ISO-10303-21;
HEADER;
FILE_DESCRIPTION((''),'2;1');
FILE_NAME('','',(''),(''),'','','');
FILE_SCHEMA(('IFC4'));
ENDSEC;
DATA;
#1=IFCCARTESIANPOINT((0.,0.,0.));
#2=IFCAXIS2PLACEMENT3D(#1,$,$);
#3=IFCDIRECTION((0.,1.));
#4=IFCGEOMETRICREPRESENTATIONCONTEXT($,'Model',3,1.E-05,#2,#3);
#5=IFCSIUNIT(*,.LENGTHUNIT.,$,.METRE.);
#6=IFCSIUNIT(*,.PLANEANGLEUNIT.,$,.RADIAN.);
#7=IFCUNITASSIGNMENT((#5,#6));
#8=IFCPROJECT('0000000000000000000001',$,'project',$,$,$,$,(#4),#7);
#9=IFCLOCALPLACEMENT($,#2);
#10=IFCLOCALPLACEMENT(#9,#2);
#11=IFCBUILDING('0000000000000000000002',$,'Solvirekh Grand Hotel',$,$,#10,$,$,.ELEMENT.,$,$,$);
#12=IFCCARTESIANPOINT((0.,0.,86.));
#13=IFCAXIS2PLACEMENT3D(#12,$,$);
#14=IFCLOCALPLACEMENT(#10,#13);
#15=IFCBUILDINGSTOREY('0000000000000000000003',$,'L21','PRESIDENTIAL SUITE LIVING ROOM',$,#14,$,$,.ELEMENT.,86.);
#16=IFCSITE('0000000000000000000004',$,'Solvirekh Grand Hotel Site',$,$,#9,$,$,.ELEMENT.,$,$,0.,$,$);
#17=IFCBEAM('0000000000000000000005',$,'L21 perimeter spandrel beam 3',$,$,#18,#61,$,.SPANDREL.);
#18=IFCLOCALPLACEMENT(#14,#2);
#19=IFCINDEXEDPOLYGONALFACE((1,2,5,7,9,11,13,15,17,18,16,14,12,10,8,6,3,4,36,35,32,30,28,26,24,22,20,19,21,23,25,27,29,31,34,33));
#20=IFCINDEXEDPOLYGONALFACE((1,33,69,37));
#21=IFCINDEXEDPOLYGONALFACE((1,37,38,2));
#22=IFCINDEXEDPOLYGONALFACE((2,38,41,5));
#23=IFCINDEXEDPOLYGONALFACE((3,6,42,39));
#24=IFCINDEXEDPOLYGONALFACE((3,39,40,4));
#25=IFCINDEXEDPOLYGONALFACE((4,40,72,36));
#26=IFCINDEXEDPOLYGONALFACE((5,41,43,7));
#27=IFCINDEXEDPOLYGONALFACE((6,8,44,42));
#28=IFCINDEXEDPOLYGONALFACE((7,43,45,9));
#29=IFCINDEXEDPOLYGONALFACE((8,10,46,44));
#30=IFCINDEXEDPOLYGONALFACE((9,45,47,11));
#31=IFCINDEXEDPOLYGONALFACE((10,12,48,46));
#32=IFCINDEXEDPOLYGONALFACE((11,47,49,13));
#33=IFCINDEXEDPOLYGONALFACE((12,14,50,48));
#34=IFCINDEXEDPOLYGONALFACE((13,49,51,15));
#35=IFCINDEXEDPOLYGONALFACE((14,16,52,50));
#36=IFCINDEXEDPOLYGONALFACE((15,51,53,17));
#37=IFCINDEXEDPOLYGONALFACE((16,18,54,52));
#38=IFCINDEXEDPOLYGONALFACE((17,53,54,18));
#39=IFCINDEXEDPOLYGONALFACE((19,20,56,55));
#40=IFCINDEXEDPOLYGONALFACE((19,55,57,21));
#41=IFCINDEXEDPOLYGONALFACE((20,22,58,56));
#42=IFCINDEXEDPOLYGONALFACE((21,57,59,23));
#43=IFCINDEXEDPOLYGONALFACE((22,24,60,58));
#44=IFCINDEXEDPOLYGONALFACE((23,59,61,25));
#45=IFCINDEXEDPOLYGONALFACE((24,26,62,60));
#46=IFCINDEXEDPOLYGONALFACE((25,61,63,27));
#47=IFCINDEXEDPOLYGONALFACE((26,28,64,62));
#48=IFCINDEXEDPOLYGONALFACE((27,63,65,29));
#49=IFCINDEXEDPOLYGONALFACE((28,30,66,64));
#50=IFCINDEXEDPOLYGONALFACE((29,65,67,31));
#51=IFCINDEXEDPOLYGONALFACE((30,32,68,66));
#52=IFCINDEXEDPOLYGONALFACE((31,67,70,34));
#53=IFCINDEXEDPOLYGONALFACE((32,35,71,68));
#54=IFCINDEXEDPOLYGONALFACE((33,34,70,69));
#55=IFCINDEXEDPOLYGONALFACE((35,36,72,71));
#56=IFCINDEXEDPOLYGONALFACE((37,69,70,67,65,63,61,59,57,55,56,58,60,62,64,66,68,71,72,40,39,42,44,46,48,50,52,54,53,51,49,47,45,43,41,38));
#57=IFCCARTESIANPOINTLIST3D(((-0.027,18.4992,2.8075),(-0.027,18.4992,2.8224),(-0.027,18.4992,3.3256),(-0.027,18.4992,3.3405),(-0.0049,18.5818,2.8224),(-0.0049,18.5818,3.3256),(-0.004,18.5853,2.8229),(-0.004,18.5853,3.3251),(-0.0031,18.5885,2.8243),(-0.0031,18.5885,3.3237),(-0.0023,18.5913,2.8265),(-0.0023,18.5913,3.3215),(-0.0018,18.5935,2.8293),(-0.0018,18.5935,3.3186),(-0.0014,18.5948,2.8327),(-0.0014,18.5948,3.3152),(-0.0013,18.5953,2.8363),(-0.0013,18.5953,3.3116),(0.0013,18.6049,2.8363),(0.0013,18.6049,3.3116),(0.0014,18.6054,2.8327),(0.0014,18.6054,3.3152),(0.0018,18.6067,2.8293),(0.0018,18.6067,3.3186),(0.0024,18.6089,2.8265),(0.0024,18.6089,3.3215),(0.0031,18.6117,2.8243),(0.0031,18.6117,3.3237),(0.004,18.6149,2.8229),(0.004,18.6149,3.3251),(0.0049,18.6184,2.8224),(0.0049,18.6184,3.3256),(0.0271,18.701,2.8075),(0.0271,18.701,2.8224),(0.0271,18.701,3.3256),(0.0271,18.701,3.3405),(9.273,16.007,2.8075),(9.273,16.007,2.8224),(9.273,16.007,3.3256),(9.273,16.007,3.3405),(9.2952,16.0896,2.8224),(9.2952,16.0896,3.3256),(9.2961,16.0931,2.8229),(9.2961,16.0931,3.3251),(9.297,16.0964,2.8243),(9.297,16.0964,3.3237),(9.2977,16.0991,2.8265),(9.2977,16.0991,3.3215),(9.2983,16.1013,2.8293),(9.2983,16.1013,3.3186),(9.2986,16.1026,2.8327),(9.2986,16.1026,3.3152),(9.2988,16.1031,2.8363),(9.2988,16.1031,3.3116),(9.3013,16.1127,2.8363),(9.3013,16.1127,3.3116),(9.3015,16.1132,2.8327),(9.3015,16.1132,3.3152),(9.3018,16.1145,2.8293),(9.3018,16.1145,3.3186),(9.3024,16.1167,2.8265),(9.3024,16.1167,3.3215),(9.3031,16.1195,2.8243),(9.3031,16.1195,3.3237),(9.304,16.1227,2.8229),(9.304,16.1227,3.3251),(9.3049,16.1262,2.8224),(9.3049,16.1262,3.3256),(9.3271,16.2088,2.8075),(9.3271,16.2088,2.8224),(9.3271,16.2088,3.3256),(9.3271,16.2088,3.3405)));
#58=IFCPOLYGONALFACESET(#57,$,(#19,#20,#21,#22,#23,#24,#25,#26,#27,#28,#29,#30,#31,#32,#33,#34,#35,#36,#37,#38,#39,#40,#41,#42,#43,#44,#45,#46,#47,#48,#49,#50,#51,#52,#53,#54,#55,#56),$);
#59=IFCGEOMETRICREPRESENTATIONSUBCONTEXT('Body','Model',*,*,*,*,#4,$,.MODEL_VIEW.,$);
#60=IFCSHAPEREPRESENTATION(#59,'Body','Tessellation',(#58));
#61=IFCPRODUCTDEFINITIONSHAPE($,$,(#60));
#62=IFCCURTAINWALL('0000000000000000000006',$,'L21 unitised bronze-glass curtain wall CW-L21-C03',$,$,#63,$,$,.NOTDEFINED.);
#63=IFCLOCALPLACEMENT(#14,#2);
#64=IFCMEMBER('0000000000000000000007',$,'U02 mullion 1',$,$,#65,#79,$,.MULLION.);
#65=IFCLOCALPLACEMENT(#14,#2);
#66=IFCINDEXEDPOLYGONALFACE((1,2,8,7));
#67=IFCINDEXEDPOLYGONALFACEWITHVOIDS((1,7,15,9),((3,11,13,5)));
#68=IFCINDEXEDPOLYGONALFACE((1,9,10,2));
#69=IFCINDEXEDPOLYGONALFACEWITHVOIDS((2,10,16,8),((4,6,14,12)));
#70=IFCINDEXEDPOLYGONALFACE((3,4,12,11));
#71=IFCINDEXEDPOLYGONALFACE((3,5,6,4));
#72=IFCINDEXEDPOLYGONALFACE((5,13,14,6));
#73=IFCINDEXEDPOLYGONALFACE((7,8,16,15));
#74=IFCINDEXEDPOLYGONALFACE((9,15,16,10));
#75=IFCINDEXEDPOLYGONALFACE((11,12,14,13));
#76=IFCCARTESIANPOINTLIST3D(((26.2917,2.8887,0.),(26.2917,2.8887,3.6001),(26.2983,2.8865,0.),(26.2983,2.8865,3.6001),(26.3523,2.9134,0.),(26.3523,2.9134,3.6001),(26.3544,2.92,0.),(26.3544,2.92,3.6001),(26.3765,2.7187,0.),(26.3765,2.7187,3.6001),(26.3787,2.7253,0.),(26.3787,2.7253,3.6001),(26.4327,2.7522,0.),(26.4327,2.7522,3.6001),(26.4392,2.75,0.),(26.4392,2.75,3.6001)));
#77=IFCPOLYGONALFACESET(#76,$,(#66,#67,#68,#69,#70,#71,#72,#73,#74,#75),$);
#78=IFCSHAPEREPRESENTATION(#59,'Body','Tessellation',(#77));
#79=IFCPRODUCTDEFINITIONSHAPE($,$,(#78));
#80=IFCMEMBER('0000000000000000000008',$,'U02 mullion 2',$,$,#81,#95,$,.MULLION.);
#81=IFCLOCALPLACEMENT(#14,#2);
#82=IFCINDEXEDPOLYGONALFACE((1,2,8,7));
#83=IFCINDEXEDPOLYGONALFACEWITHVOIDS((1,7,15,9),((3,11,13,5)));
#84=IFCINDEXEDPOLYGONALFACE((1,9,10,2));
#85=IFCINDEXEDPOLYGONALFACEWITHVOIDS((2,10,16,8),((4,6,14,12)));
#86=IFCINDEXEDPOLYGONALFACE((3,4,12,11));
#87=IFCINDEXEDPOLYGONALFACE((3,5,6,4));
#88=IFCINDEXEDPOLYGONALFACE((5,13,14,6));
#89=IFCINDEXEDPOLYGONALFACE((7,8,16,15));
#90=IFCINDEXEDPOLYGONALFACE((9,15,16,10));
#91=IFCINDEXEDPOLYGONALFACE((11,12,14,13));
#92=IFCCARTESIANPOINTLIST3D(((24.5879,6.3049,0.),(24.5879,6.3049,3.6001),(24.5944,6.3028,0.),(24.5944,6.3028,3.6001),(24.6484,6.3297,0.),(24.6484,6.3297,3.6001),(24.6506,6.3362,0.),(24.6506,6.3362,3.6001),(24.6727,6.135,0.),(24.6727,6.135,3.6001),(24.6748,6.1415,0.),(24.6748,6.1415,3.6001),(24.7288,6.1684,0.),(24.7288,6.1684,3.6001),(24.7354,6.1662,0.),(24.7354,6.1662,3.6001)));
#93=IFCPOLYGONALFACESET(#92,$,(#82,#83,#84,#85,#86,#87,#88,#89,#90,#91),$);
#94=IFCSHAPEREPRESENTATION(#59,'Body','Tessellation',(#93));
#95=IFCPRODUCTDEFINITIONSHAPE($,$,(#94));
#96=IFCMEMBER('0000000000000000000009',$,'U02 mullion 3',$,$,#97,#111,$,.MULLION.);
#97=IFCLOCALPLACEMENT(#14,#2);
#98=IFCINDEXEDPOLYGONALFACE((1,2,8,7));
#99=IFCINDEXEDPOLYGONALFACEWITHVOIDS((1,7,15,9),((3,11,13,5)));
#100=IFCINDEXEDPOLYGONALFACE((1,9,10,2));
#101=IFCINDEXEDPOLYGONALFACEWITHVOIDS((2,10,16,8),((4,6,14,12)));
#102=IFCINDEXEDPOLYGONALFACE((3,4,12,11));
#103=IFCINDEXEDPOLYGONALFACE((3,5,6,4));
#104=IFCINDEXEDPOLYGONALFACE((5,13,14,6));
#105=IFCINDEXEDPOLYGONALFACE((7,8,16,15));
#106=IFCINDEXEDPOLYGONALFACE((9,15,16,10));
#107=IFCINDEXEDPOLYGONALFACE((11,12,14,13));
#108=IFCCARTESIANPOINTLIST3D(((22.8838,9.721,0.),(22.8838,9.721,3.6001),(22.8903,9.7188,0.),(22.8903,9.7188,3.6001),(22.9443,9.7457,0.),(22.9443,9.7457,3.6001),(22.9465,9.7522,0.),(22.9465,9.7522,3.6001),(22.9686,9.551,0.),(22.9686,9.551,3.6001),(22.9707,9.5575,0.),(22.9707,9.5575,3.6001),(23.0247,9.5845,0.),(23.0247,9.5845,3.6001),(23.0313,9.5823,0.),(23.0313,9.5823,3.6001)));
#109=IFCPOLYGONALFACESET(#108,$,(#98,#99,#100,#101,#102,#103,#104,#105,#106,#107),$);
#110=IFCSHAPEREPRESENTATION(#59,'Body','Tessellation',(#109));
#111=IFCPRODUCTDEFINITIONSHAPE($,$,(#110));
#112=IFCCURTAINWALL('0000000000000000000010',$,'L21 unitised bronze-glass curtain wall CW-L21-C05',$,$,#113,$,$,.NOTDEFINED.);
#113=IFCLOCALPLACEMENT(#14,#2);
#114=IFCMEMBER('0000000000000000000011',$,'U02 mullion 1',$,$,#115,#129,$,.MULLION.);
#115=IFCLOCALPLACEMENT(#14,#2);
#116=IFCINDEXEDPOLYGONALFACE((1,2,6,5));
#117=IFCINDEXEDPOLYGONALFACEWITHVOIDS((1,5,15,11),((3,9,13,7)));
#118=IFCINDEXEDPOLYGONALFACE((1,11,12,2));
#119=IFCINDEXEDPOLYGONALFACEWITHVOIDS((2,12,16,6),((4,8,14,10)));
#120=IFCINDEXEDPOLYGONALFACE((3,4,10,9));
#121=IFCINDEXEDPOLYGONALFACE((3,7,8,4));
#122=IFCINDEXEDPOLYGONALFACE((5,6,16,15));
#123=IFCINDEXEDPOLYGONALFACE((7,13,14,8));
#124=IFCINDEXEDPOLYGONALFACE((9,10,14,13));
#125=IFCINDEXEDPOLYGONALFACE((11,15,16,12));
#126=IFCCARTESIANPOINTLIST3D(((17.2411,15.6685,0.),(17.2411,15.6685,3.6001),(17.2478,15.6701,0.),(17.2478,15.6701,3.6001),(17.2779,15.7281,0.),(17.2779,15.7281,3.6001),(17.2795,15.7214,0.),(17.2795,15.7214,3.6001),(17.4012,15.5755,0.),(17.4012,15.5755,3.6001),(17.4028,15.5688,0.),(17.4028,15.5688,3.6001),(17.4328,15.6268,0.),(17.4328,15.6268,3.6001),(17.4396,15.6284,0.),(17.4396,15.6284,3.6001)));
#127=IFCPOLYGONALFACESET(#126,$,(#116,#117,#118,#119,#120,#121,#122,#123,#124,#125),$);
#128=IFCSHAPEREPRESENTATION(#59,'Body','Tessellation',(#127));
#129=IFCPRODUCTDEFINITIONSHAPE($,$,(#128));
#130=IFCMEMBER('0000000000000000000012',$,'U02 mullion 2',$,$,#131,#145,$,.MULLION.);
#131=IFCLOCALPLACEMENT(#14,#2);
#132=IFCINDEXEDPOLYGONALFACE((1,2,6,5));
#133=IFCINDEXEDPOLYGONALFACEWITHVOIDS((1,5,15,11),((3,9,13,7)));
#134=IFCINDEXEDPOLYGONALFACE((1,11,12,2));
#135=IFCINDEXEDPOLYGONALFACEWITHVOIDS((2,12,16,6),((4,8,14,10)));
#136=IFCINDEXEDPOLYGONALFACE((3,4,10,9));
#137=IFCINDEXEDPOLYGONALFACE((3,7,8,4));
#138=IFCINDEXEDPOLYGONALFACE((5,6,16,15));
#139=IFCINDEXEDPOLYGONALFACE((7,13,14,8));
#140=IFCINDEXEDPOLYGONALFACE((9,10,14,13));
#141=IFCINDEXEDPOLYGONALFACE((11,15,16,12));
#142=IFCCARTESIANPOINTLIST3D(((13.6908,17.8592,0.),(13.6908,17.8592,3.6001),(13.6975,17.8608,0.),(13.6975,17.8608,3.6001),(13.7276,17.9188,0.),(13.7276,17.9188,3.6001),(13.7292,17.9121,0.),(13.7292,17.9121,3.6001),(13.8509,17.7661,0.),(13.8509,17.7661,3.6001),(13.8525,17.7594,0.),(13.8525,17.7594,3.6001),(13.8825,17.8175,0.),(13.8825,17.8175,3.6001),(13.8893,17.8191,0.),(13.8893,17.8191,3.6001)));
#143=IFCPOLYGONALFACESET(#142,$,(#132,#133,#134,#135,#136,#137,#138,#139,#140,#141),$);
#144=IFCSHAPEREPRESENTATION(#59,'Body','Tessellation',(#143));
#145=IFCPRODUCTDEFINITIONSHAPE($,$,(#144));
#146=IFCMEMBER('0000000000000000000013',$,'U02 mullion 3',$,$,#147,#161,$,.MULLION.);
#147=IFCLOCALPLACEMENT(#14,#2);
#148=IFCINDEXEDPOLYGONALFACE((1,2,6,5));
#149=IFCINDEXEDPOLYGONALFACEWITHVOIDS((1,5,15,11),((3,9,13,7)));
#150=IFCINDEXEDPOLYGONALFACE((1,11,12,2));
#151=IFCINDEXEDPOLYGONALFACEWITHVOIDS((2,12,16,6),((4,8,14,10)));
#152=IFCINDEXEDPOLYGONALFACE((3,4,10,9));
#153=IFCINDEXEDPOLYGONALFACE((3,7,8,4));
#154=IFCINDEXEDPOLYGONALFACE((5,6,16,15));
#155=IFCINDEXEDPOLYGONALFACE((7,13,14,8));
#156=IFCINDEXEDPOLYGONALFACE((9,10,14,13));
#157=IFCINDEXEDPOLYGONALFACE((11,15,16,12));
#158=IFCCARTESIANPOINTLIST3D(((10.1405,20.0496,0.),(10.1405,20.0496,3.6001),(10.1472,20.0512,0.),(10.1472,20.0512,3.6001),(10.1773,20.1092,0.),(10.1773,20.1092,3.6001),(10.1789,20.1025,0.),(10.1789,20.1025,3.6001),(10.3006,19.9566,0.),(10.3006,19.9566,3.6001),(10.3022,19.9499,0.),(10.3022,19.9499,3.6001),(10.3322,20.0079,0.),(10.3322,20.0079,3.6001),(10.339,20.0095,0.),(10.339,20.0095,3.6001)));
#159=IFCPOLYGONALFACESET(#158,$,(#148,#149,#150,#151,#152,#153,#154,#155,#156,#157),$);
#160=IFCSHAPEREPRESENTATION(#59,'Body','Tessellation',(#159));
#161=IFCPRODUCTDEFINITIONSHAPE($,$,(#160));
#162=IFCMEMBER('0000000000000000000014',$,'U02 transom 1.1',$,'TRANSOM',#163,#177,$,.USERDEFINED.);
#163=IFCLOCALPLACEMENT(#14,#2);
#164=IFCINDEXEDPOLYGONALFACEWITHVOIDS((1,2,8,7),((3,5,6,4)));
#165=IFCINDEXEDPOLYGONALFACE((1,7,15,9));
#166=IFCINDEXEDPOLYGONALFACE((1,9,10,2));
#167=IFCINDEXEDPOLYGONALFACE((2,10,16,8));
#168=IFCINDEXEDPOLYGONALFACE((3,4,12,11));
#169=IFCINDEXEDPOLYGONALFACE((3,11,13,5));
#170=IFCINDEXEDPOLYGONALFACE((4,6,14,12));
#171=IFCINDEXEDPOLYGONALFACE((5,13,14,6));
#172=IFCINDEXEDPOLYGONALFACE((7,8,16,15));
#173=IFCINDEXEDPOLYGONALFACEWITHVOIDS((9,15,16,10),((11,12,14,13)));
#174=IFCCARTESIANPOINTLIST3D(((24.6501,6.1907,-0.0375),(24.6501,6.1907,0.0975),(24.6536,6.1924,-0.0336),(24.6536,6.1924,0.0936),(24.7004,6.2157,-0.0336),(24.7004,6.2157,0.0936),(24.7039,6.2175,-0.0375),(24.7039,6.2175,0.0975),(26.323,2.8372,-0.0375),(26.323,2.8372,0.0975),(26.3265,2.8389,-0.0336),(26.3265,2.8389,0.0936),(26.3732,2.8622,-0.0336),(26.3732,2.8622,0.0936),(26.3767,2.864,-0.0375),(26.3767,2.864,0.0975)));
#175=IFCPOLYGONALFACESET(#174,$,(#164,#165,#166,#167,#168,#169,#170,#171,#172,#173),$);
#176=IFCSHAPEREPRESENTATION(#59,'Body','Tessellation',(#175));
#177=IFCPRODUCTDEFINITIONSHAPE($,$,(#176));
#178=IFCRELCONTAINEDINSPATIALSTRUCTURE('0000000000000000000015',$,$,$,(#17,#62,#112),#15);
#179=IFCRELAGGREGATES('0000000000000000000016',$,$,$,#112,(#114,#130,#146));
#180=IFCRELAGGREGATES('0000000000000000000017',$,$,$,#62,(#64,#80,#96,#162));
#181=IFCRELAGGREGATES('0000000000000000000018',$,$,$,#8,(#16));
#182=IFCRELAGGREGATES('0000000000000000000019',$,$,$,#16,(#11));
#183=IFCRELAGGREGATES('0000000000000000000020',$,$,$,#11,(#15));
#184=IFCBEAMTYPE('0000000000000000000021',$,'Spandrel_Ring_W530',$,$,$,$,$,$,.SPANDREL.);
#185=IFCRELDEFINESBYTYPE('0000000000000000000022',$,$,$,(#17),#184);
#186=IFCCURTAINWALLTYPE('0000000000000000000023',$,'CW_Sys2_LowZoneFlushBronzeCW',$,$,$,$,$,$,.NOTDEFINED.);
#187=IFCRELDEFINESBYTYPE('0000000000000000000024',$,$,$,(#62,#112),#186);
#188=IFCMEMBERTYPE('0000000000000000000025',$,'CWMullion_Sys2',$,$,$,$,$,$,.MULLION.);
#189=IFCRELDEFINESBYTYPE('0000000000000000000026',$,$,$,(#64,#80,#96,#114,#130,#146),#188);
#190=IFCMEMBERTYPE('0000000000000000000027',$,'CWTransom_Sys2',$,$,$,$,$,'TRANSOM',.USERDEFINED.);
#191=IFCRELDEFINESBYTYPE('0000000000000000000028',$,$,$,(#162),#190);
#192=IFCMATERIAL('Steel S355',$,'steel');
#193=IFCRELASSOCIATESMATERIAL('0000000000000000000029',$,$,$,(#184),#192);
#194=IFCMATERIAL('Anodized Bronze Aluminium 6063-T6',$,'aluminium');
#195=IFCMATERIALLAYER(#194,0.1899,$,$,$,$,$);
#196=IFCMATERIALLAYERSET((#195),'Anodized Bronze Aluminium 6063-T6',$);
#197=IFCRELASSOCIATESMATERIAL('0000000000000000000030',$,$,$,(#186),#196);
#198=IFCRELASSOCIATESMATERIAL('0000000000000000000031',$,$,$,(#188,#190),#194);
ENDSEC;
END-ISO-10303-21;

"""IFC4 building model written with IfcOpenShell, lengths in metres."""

from ifc_helpers import new_model, si_unit, direction, frame, origin, origin_2d, place, context, subcontext, project, spatial, hollow_rectangle, i_section, extrude, source, transform, mapped, material, layer, layer_set, material_profile, profile_set, type_object, element, aggregate, save


model = new_model("IFC4")

# Units and contexts
model_context = context("Model", 3, precision=1e-05, world=origin(), true_north=direction((0.0, 1.0)))
body_context = subcontext(model_context, "Body", "Model", "MODEL_VIEW")
ifc_project = project(units=[si_unit("LENGTHUNIT", "METRE"), si_unit("PLANEANGLEUNIT", "RADIAN")], contexts=[model_context])

# Site, building, storey
site_placement = place(None, origin())
site = spatial("IfcSite", under=ifc_project, at=site_placement, Name="Solvirekh Grand Hotel Site", CompositionType="ELEMENT", RefElevation=0.0)
building_placement = place(site_placement, origin())
building = spatial("IfcBuilding", under=site, at=building_placement, Name="Solvirekh Grand Hotel", CompositionType="ELEMENT")
storey_placement = place(building_placement, frame((0.0, 0.0, 86.0)))
storey = spatial("IfcBuildingStorey", under=building, at=storey_placement, Name="L21", Description="PRESIDENTIAL SUITE LIVING ROOM", CompositionType="ELEMENT", Elevation=86.0)

# Beam
ifc_material_1 = material(Name="Steel S355", Category="steel")
ifc_material_profile_1 = material_profile(ifc_material_1, i_section(OverallWidth=0.209, OverallDepth=0.533, WebThickness=0.01, FlangeThickness=0.0149, FilletRadius=0.0139, at=origin_2d()), Name="W530X92")
ifc_profile_set_1 = profile_set([ifc_material_profile_1], Name="Steel S355")
beam_type = type_object("IfcBeamType", Name="Spandrel_Ring_W530", PredefinedType="SPANDREL", material=ifc_profile_set_1)
beam_1_placement = place(storey_placement, frame((9.3, 16.1079, 3.074), z_axis=(-0.965919, 0.258843, 0.0), x_axis=(-0.258843, -0.965919, 0.0)))
element("IfcBeam", 1, at=beam_1_placement, inside=storey, type_object=beam_type, Name="L21 perimeter spandrel beam 3", PredefinedType="SPANDREL", context=body_context, shape_type="SweptSolid", body=[
    extrude(i_section(OverallWidth=0.209, OverallDepth=0.533, WebThickness=0.01, FlangeThickness=0.0149, FilletRadius=0.0139, at=origin_2d()), origin(), (0.0, 0.0, 1.0), 9.6282),
])

# Curtain walls, members
ifc_material_2 = material(Name="Anodized Bronze Aluminium 6063-T6", Category="aluminium")
ifc_layer_1 = layer(ifc_material_2, 0.1899)
ifc_layer_set_1 = layer_set([ifc_layer_1], Name="Anodized Bronze Aluminium 6063-T6")
curtain_wall_type = type_object("IfcCurtainWallType", Name="CW_Sys2_LowZoneFlushBronzeCW", PredefinedType="NOTDEFINED", material=ifc_layer_set_1)
curtain_wall_1_placement = place(storey_placement, origin())
curtain_wall_1 = element("IfcCurtainWall", 2, at=curtain_wall_1_placement, inside=storey, type_object=curtain_wall_type, Name="L21 unitised bronze-glass curtain wall CW-L21-C03", PredefinedType="NOTDEFINED")
ifc_material_profile_2 = material_profile(ifc_material_2, hollow_rectangle(XDim=0.0701, YDim=0.1899, WallThickness=0.0049, at=origin_2d()), Name="ALU RHS 190X70X5")
ifc_profile_set_2 = profile_set([ifc_material_profile_2], Name="Anodized Bronze Aluminium 6063-T6")
member_type_1 = type_object("IfcMemberType", Name="CWMullion_Sys2", PredefinedType="MULLION", material=ifc_profile_set_2)
shared_shape_1 = source(origin(), body_context, "Body", "SweptSolid", [
    extrude(hollow_rectangle(XDim=0.0701, YDim=0.1899, WallThickness=0.0049, at=origin_2d()), origin(), (0.0, 0.0, 1.0), 3.6001),
])
member_1_placement = place(storey_placement, frame((26.3655, 2.8193, 0.0), z_axis=(0.0, 0.0, 1.0), x_axis=(-0.894868, -0.446331, 0.0)))
member_1 = element("IfcMember", 3, at=member_1_placement, type_object=member_type_1, Name="U02 mullion 1", PredefinedType="MULLION", context=body_context, shape_type="MappedRepresentation", body=[
    mapped(shared_shape_1, transform((0.0, 0.0, 0.0), x_axis=(1.0, 0.0, 0.0), y_axis=(0.0, 1.0, 0.0), z_axis=(0.0, 0.0, 1.0), scale=1.0)),
])
member_2_placement = place(storey_placement, frame((24.6616, 6.2356, 0.0), z_axis=(0.0, 0.0, 1.0), x_axis=(-0.894868, -0.446331, 0.0)))
member_2 = element("IfcMember", 4, at=member_2_placement, type_object=member_type_1, Name="U02 mullion 2", PredefinedType="MULLION", context=body_context, shape_type="MappedRepresentation", body=[
    mapped(shared_shape_1, transform((0.0, 0.0, 0.0), x_axis=(1.0, 0.0, 0.0), y_axis=(0.0, 1.0, 0.0), z_axis=(0.0, 0.0, 1.0), scale=1.0)),
])
member_3_placement = place(storey_placement, frame((22.9575, 9.6516, 0.0), z_axis=(0.0, 0.0, 1.0), x_axis=(-0.894868, -0.446331, 0.0)))
member_3 = element("IfcMember", 5, at=member_3_placement, type_object=member_type_1, Name="U02 mullion 3", PredefinedType="MULLION", context=body_context, shape_type="MappedRepresentation", body=[
    mapped(shared_shape_1, transform((0.0, 0.0, 0.0), x_axis=(1.0, 0.0, 0.0), y_axis=(0.0, 1.0, 0.0), z_axis=(0.0, 0.0, 1.0), scale=1.0)),
])
curtain_wall_2_placement = place(storey_placement, origin())
curtain_wall_2 = element("IfcCurtainWall", 6, at=curtain_wall_2_placement, inside=storey, type_object=curtain_wall_type, Name="L21 unitised bronze-glass curtain wall CW-L21-C05", PredefinedType="NOTDEFINED")
member_4_placement = place(storey_placement, frame((17.3403, 15.6484, 0.0), z_axis=(0.0, 0.0, 1.0), x_axis=(-0.525118, -0.851029, 0.0)))
member_4 = element("IfcMember", 7, at=member_4_placement, type_object=member_type_1, Name="U02 mullion 1", PredefinedType="MULLION", context=body_context, shape_type="MappedRepresentation", body=[
    mapped(shared_shape_1, transform((0.0, 0.0, 0.0), x_axis=(1.0, 0.0, 0.0), y_axis=(0.0, 1.0, 0.0), z_axis=(0.0, 0.0, 1.0), scale=1.0)),
])
member_5_placement = place(storey_placement, frame((13.79, 17.8391, 0.0), z_axis=(0.0, 0.0, 1.0), x_axis=(-0.525118, -0.851029, 0.0)))
member_5 = element("IfcMember", 8, at=member_5_placement, type_object=member_type_1, Name="U02 mullion 2", PredefinedType="MULLION", context=body_context, shape_type="MappedRepresentation", body=[
    mapped(shared_shape_1, transform((0.0, 0.0, 0.0), x_axis=(1.0, 0.0, 0.0), y_axis=(0.0, 1.0, 0.0), z_axis=(0.0, 0.0, 1.0), scale=1.0)),
])
member_6_placement = place(storey_placement, frame((10.2397, 20.0295, 0.0), z_axis=(0.0, 0.0, 1.0), x_axis=(-0.525118, -0.851029, 0.0)))
member_6 = element("IfcMember", 9, at=member_6_placement, type_object=member_type_1, Name="U02 mullion 3", PredefinedType="MULLION", context=body_context, shape_type="MappedRepresentation", body=[
    mapped(shared_shape_1, transform((0.0, 0.0, 0.0), x_axis=(1.0, 0.0, 0.0), y_axis=(0.0, 1.0, 0.0), z_axis=(0.0, 0.0, 1.0), scale=1.0)),
])

# Member
ifc_material_profile_3 = material_profile(ifc_material_2, hollow_rectangle(XDim=0.0601, YDim=0.135, WallThickness=0.0039, at=origin_2d()), Name="ALU RHS 135X60X4")
ifc_profile_set_3 = profile_set([ifc_material_profile_3], Name="Anodized Bronze Aluminium 6063-T6")
member_type_2 = type_object("IfcMemberType", Name="CWTransom_Sys2", ElementType="TRANSOM", PredefinedType="USERDEFINED", material=ifc_profile_set_3)
shared_shape_2 = source(origin(), body_context, "Body", "SweptSolid", [
    extrude(hollow_rectangle(XDim=0.0601, YDim=0.135, WallThickness=0.0039, at=origin_2d()), origin(), (0.0, 0.0, 1.0), 3.7476),
])
member_7_placement = place(storey_placement, frame((26.3499, 2.8506, 0.03), z_axis=(-0.44638, 0.894844, 0.0), x_axis=(-0.894844, -0.44638, 0.0)))
member_7 = element("IfcMember", 10, at=member_7_placement, type_object=member_type_2, Name="U02 transom 1.1", ObjectType="TRANSOM", PredefinedType="USERDEFINED", context=body_context, shape_type="MappedRepresentation", body=[
    mapped(shared_shape_2, transform((0.0, 0.0, 0.0), x_axis=(1.0, 0.0, 0.0), y_axis=(0.0, 1.0, 0.0), z_axis=(0.0, 0.0, 1.0), scale=1.0)),
])

aggregate(curtain_wall_2, [member_4, member_5, member_6])
aggregate(curtain_wall_1, [member_1, member_2, member_3, member_7])

save(model, "model.ifc")
